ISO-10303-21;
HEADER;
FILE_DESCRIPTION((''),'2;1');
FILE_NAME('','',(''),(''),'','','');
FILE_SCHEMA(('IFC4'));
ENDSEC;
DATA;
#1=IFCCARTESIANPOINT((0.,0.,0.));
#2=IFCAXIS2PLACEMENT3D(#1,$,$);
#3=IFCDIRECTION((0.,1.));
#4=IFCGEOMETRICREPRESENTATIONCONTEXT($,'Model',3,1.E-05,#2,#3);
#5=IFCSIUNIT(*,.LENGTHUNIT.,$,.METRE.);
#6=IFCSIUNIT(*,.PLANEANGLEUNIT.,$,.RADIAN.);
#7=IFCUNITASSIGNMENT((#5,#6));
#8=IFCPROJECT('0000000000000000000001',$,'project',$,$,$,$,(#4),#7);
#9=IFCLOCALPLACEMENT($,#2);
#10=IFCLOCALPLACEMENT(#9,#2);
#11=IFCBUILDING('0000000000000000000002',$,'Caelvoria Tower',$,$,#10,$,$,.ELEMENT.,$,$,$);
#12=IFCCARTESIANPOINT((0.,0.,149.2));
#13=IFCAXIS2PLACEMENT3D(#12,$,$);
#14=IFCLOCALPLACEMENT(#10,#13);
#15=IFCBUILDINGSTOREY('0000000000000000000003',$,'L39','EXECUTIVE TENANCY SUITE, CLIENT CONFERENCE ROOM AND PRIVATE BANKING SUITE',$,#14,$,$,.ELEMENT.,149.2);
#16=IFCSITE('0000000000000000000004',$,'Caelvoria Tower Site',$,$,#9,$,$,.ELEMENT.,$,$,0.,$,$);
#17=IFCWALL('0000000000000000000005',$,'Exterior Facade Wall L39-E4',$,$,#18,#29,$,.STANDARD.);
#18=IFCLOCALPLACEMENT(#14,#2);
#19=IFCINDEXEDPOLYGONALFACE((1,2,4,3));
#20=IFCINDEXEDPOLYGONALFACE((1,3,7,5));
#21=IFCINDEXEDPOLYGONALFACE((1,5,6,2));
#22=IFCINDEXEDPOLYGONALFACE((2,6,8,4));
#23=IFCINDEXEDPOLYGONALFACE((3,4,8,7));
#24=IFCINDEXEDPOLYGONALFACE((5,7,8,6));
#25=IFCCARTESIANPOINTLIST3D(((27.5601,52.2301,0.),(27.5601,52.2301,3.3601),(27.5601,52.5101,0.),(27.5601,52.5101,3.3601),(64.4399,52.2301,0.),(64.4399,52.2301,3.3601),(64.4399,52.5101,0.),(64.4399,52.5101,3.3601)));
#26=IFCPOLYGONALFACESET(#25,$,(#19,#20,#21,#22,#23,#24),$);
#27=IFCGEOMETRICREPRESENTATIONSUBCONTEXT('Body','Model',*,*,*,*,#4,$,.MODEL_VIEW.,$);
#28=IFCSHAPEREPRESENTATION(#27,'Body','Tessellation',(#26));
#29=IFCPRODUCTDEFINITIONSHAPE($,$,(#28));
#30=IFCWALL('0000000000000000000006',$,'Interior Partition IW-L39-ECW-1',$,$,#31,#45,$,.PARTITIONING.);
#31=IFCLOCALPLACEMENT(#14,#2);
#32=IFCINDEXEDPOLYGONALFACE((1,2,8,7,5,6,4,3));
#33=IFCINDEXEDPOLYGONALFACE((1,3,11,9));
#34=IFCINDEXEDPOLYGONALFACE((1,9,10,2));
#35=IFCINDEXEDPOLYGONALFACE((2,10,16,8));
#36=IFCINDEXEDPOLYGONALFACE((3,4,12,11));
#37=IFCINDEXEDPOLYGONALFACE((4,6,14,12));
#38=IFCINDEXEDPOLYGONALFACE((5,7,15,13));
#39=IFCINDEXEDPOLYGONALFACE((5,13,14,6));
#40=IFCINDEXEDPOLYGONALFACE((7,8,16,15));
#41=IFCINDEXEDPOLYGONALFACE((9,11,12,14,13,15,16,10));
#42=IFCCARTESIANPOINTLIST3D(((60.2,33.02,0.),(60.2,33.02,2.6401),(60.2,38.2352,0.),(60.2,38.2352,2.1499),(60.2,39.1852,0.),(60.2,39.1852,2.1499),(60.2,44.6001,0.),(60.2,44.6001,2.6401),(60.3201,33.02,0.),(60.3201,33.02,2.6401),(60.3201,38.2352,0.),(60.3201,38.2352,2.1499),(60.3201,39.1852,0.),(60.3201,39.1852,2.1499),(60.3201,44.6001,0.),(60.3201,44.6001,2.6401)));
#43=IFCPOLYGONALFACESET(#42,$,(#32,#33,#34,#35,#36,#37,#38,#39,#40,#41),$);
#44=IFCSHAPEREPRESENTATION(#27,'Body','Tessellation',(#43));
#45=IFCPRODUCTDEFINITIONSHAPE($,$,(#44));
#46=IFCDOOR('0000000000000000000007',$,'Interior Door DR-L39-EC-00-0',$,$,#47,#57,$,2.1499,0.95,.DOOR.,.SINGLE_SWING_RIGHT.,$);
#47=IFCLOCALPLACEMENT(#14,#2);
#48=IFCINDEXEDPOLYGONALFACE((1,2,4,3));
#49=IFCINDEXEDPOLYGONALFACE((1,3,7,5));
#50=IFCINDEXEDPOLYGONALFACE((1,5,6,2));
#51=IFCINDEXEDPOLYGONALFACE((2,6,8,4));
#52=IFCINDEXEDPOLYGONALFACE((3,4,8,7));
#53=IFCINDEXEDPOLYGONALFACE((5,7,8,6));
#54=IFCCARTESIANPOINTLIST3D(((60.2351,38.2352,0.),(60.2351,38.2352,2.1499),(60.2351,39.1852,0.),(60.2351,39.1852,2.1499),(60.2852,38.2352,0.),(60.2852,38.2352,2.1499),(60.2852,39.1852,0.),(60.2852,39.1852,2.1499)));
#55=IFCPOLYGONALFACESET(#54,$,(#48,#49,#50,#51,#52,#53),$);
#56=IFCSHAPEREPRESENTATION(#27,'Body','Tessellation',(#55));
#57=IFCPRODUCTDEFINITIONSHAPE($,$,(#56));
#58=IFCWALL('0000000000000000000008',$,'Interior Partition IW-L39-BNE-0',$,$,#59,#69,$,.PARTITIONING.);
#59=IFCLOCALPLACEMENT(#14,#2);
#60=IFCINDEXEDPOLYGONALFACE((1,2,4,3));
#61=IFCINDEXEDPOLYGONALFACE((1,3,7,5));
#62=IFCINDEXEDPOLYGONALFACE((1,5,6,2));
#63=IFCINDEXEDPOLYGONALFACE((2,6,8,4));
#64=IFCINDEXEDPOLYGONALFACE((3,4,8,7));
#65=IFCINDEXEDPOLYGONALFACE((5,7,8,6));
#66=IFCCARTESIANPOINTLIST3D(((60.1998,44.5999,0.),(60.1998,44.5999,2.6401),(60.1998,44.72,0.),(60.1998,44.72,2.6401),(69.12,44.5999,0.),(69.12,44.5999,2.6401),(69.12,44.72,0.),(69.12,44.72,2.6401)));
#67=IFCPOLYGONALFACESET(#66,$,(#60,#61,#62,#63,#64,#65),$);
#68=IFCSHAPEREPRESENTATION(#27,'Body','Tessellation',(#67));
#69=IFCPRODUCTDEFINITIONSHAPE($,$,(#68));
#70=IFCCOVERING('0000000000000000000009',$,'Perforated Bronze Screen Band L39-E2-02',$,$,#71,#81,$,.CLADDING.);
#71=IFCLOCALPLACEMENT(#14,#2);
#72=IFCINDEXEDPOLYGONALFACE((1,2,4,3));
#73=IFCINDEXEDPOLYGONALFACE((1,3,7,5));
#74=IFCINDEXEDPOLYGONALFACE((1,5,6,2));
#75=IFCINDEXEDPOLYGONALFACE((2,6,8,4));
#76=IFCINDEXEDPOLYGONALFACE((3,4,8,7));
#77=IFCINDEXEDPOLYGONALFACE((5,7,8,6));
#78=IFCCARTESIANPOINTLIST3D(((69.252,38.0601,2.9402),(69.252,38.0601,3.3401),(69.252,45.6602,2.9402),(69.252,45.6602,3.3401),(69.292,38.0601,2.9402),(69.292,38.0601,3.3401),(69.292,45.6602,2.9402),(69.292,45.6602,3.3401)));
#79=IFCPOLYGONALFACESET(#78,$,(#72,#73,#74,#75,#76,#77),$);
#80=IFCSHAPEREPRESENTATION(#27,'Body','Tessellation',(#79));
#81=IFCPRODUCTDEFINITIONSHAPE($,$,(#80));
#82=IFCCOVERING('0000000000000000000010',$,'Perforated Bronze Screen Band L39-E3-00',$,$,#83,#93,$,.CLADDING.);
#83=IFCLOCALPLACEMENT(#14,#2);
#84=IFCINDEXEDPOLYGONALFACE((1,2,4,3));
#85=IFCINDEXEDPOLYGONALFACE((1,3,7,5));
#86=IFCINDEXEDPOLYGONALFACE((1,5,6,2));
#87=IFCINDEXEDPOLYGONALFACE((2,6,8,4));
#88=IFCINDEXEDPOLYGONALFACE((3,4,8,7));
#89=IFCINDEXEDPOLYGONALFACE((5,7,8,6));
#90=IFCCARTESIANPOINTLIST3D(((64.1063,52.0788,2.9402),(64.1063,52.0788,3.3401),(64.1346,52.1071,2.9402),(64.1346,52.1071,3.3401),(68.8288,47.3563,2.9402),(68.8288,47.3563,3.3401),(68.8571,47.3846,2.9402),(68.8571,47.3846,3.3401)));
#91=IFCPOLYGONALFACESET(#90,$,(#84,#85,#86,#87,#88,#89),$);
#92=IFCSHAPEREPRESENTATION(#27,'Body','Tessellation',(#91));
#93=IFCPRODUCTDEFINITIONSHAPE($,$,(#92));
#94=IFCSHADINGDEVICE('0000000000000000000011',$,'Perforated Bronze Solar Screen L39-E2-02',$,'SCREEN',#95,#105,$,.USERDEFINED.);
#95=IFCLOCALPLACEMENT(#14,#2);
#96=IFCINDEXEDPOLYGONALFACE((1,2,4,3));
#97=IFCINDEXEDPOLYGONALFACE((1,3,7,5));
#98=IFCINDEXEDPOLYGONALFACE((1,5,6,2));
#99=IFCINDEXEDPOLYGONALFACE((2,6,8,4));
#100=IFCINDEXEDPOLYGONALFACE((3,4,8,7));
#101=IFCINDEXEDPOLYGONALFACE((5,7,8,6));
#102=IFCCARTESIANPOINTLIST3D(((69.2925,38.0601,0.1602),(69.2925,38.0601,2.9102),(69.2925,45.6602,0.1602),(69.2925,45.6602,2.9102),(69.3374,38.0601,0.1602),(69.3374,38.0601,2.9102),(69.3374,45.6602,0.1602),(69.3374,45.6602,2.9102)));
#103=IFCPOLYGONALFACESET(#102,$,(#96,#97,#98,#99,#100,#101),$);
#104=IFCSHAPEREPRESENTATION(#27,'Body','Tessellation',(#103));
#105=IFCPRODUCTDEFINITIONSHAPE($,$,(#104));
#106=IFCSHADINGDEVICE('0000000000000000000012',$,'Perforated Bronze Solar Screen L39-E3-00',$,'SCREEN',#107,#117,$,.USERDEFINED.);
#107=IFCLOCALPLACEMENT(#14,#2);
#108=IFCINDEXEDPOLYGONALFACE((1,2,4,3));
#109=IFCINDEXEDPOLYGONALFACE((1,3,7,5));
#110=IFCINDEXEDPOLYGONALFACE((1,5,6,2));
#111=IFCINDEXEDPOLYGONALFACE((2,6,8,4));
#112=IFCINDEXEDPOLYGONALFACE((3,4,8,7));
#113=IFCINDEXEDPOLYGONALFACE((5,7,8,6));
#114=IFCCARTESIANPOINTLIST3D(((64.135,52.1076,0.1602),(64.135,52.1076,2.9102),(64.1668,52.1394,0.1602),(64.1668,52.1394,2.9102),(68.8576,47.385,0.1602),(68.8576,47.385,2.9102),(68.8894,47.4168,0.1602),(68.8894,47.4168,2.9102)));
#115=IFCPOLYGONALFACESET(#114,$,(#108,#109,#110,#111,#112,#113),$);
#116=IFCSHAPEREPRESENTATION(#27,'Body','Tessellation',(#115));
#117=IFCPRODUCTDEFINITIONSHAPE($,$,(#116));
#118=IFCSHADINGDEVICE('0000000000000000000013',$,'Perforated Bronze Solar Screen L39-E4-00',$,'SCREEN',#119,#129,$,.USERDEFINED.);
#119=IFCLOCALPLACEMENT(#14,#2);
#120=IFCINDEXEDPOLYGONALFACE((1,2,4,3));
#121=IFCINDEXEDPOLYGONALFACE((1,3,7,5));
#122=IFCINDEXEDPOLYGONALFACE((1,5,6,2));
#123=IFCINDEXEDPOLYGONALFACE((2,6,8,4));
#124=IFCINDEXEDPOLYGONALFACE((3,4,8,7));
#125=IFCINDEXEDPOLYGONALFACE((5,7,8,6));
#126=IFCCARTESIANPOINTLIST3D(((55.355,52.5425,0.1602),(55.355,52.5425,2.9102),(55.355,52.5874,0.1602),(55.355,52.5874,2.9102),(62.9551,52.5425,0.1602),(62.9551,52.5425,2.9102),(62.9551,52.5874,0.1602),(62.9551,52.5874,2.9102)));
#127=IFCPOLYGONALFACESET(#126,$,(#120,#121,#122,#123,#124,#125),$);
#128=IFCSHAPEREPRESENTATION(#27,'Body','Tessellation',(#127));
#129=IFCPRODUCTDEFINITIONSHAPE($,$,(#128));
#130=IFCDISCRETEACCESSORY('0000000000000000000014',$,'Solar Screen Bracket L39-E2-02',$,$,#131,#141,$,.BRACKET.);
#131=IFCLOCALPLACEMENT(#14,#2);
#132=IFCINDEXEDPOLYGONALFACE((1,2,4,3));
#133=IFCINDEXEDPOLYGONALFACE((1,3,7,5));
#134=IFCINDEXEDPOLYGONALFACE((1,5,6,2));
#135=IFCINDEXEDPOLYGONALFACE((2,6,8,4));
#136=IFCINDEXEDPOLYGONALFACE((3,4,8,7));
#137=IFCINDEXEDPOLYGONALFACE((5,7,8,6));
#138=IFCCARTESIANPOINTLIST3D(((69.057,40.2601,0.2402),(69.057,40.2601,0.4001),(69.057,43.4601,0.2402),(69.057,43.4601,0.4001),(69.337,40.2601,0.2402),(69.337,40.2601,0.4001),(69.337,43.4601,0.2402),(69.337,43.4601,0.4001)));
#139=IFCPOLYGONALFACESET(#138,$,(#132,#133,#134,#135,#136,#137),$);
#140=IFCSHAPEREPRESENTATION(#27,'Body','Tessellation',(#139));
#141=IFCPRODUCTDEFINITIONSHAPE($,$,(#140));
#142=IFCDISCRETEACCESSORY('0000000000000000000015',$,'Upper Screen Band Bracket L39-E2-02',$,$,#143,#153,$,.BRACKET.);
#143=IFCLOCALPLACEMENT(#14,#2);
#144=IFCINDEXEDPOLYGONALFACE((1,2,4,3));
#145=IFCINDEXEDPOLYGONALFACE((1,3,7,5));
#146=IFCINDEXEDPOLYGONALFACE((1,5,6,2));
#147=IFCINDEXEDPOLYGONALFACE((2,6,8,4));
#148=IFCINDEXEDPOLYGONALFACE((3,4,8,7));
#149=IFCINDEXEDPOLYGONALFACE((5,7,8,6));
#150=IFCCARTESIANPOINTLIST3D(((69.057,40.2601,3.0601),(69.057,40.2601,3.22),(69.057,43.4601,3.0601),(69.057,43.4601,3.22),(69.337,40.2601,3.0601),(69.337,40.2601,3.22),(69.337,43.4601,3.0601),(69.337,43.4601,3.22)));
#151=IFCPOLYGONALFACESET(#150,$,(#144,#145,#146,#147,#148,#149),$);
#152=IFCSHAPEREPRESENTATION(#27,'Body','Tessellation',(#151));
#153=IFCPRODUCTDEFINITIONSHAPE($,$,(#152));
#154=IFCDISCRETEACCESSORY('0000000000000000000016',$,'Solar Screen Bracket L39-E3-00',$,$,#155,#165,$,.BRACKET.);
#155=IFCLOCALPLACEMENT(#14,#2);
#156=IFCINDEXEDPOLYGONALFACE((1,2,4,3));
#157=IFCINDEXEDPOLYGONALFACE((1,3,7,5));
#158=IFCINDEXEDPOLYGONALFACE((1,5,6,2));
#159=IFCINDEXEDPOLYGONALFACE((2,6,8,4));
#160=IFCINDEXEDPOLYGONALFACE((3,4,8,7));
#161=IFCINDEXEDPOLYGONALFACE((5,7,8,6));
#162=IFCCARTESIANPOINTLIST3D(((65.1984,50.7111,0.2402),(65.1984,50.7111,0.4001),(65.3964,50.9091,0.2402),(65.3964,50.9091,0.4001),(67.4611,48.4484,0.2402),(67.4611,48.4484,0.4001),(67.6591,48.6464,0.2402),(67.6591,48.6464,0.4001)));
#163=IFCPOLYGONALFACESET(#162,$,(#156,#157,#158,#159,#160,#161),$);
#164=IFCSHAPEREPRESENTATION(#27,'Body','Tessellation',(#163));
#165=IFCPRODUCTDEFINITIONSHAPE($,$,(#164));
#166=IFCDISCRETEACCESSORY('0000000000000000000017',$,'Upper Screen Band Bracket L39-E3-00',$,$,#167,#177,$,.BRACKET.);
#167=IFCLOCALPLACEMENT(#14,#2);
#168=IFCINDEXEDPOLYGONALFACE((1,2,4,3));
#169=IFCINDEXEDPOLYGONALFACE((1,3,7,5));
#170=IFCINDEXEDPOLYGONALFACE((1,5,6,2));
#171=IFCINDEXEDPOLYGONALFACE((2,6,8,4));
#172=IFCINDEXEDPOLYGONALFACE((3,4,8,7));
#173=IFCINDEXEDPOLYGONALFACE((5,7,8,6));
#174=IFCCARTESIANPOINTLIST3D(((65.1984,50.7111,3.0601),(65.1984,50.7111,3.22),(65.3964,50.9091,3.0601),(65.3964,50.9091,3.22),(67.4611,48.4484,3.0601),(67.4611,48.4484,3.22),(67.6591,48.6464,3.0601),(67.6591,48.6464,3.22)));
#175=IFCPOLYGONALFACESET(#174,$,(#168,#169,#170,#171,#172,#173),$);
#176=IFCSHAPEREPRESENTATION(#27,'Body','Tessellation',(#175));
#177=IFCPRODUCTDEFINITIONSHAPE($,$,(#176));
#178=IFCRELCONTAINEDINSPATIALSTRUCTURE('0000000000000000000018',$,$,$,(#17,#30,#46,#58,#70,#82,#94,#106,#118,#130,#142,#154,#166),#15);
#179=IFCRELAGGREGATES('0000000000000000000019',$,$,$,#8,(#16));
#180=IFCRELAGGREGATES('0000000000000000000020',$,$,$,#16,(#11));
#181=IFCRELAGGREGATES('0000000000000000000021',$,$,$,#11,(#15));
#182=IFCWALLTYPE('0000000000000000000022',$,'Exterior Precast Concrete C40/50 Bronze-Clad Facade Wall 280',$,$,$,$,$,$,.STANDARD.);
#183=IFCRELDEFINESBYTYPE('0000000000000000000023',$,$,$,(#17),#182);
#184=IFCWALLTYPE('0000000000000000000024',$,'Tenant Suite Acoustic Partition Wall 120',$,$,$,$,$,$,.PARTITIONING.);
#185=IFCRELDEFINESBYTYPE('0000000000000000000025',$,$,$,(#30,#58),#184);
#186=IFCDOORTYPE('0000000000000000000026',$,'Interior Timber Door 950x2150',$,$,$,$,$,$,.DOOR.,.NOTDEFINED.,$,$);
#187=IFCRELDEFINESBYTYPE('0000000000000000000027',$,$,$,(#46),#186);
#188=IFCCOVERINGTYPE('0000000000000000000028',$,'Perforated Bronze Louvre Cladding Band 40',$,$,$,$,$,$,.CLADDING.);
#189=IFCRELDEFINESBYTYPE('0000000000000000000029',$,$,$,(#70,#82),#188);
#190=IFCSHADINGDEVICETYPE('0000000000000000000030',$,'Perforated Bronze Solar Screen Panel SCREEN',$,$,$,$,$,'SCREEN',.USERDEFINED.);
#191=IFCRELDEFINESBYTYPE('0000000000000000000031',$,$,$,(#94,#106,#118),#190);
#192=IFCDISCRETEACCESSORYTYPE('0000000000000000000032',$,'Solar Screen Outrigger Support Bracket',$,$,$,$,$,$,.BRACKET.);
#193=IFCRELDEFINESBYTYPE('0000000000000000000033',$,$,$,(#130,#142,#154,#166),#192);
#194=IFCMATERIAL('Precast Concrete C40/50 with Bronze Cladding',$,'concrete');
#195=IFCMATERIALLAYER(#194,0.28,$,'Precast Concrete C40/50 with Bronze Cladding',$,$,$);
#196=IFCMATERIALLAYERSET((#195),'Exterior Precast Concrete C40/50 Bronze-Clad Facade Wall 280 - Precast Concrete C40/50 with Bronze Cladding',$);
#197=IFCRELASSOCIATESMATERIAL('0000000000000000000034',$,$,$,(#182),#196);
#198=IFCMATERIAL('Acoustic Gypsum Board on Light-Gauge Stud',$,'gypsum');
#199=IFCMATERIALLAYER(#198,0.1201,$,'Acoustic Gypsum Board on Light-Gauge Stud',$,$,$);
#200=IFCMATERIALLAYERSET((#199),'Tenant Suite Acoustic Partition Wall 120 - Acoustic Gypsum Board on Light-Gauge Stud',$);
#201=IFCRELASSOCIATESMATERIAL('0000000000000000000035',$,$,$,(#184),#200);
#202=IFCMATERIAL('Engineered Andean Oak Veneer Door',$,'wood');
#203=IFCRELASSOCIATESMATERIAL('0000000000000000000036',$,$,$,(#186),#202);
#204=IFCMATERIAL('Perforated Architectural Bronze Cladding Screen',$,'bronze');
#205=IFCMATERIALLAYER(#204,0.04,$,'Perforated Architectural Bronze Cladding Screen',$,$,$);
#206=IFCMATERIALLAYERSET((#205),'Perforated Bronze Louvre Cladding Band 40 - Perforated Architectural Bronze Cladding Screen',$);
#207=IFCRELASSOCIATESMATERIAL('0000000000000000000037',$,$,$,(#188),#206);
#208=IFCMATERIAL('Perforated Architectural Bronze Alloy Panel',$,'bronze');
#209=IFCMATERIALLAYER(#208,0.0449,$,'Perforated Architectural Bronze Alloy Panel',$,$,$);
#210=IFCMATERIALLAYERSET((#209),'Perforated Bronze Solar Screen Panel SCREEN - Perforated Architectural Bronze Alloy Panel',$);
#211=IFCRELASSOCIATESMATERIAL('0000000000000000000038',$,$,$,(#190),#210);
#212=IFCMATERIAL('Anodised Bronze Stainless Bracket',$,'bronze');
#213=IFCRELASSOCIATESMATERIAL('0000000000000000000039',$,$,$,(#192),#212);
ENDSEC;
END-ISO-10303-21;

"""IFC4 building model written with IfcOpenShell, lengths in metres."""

from ifc_helpers import new_model, si_unit, direction, frame, frame_2d, origin, origin_2d, place, context, subcontext, project, spatial, rectangle, extrude, material, layer, layer_set, type_object, element, fill, save


model = new_model("IFC4")

# Units and contexts
model_context = context("Model", 3, precision=1e-05, world=origin(), true_north=direction((0.0, 1.0)))
body_context = subcontext(model_context, "Body", "Model", "MODEL_VIEW")
ifc_project = project(units=[si_unit("LENGTHUNIT", "METRE"), si_unit("PLANEANGLEUNIT", "RADIAN")], contexts=[model_context])

# Site, building, storey
site_placement = place(None, origin())
site = spatial("IfcSite", under=ifc_project, at=site_placement, Name="Caelvoria Tower Site", CompositionType="ELEMENT", RefElevation=0.0)
building_placement = place(site_placement, origin())
building = spatial("IfcBuilding", under=site, at=building_placement, Name="Caelvoria Tower", CompositionType="ELEMENT")
storey_placement = place(building_placement, frame((0.0, 0.0, 149.2)))
storey = spatial("IfcBuildingStorey", under=building, at=storey_placement, Name="L39", Description="EXECUTIVE TENANCY SUITE, CLIENT CONFERENCE ROOM AND PRIVATE BANKING SUITE", CompositionType="ELEMENT", Elevation=149.2)

# Wall
ifc_material_1 = material(Name="Precast Concrete C40/50 with Bronze Cladding", Category="concrete")
ifc_layer_1 = layer(ifc_material_1, 0.28, Name="Precast Concrete C40/50 with Bronze Cladding")
ifc_layer_set_1 = layer_set([ifc_layer_1], Name="Exterior Precast Concrete C40/50 Bronze-Clad Facade Wall 280 - Precast Concrete C40/50 with Bronze Cladding")
wall_type_1 = type_object("IfcWallType", Name="Exterior Precast Concrete C40/50 Bronze-Clad Facade Wall 280", PredefinedType="STANDARD", material=ifc_layer_set_1)
wall_1_placement = place(storey_placement, frame((64.4399, 52.3701, 0.0), z_axis=(0.0, 0.0, 1.0), x_axis=(-1.0, 0.0, 0.0)))
element("IfcWall", 1, at=wall_1_placement, inside=storey, type_object=wall_type_1, Name="Exterior Facade Wall L39-E4", PredefinedType="STANDARD", context=body_context, shape_type="SweptSolid", body=[
    extrude(rectangle(XDim=36.8799, YDim=0.28, at=frame_2d((18.4399, 0.0))), origin(), (0.0, 0.0, 1.0), 3.3601),
])

# Wall, opening, door
ifc_material_2 = material(Name="Acoustic Gypsum Board on Light-Gauge Stud", Category="gypsum")
ifc_layer_2 = layer(ifc_material_2, 0.1201, Name="Acoustic Gypsum Board on Light-Gauge Stud")
ifc_layer_set_2 = layer_set([ifc_layer_2], Name="Tenant Suite Acoustic Partition Wall 120 - Acoustic Gypsum Board on Light-Gauge Stud")
wall_type_2 = type_object("IfcWallType", Name="Tenant Suite Acoustic Partition Wall 120", PredefinedType="PARTITIONING", material=ifc_layer_set_2)
wall_2_placement = place(storey_placement, frame((60.26, 33.02, 0.0), z_axis=(0.0, 0.0, 1.0), x_axis=(0.0, 1.0, 0.0)))
wall_2 = element("IfcWall", 2, at=wall_2_placement, inside=storey, type_object=wall_type_2, Name="Interior Partition IW-L39-ECW-1", PredefinedType="PARTITIONING", context=body_context, shape_type="SweptSolid", body=[
    extrude(rectangle(XDim=11.5801, YDim=0.1201, at=frame_2d((5.79, 0.0))), origin(), (0.0, 0.0, 1.0), 2.6401),
])
opening_placement = place(wall_2_placement, frame((5.2151, 0.0, 0.0)))
opening = element("IfcOpeningElement", 3, at=opening_placement, cuts=wall_2, PredefinedType="OPENING", context=body_context, shape_type="SweptSolid", body=[
    extrude(rectangle(XDim=0.95, YDim=2.1499, at=frame_2d((0.4751, 1.075))), frame((0.0, 0.0701, 0.0), z_axis=(0.0, -1.0, 0.0), x_axis=(1.0, 0.0, 0.0)), (0.0, 0.0, 1.0), 0.1401),
])
ifc_material_3 = material(Name="Engineered Andean Oak Veneer Door", Category="wood")
door_type = type_object("IfcDoorType", Name="Interior Timber Door 950x2150", OperationType="NOTDEFINED", PredefinedType="DOOR", material=ifc_material_3)
door_placement = place(opening_placement, origin())
door = element("IfcDoor", 4, at=door_placement, inside=storey, type_object=door_type, Name="Interior Door DR-L39-EC-00-0", OperationType="SINGLE_SWING_RIGHT", OverallHeight=2.1499, OverallWidth=0.95, PredefinedType="DOOR", context=body_context, shape_type="SweptSolid", body=[
    extrude(rectangle(XDim=0.95, YDim=2.1499, at=frame_2d((0.4751, 1.075))), frame((0.0, 0.0249, 0.0), z_axis=(0.0, -1.0, 0.0), x_axis=(1.0, 0.0, 0.0)), (0.0, 0.0, 1.0), 0.05),
])
fill(opening, door)

# Wall
wall_3_placement = place(storey_placement, frame((60.2, 44.6599, 0.0), z_axis=(0.0, 0.0, 1.0), x_axis=(1.0, 0.0, 0.0)))
element("IfcWall", 5, at=wall_3_placement, inside=storey, type_object=wall_type_2, Name="Interior Partition IW-L39-BNE-0", PredefinedType="PARTITIONING", context=body_context, shape_type="SweptSolid", body=[
    extrude(rectangle(XDim=8.9202, YDim=0.1201, at=frame_2d((4.46, 0.0))), origin(), (0.0, 0.0, 1.0), 2.6401),
])

# Coverings
ifc_material_4 = material(Name="Perforated Architectural Bronze Cladding Screen", Category="bronze")
ifc_layer_3 = layer(ifc_material_4, 0.04, Name="Perforated Architectural Bronze Cladding Screen")
ifc_layer_set_3 = layer_set([ifc_layer_3], Name="Perforated Bronze Louvre Cladding Band 40 - Perforated Architectural Bronze Cladding Screen")
covering_type = type_object("IfcCoveringType", Name="Perforated Bronze Louvre Cladding Band 40", PredefinedType="CLADDING", material=ifc_layer_set_3)
covering_1_placement = place(storey_placement, frame((69.272, 41.8601, 2.9402), z_axis=(0.0, 0.0, 1.0), x_axis=(0.0, 1.0, 0.0)))
element("IfcCovering", 6, at=covering_1_placement, inside=storey, type_object=covering_type, Name="Perforated Bronze Screen Band L39-E2-02", PredefinedType="CLADDING", context=body_context, shape_type="SweptSolid", body=[
    extrude(rectangle(XDim=7.6001, YDim=0.04, at=origin_2d()), origin(), (0.0, 0.0, 1.0), 0.3999),
])
covering_2_placement = place(storey_placement, frame((66.4817, 49.7317, 2.9402), z_axis=(0.0, 0.0, 1.0), x_axis=(-0.707107, 0.707107, 0.0)))
element("IfcCovering", 7, at=covering_2_placement, inside=storey, type_object=covering_type, Name="Perforated Bronze Screen Band L39-E3-00", PredefinedType="CLADDING", context=body_context, shape_type="SweptSolid", body=[
    extrude(rectangle(XDim=6.6787, YDim=0.04, at=origin_2d()), origin(), (0.0, 0.0, 1.0), 0.3999),
])

# Shading devices
ifc_material_5 = material(Name="Perforated Architectural Bronze Alloy Panel", Category="bronze")
ifc_layer_4 = layer(ifc_material_5, 0.0449, Name="Perforated Architectural Bronze Alloy Panel")
ifc_layer_set_4 = layer_set([ifc_layer_4], Name="Perforated Bronze Solar Screen Panel SCREEN - Perforated Architectural Bronze Alloy Panel")
shading_device_type = type_object("IfcShadingDeviceType", Name="Perforated Bronze Solar Screen Panel SCREEN", ElementType="SCREEN", PredefinedType="USERDEFINED", material=ifc_layer_set_4)
shading_device_1_placement = place(storey_placement, frame((69.3149, 41.8601, 0.1602), z_axis=(0.0, 0.0, 1.0), x_axis=(0.0, 1.0, 0.0)))
element("IfcShadingDevice", 8, at=shading_device_1_placement, inside=storey, type_object=shading_device_type, Name="Perforated Bronze Solar Screen L39-E2-02", ObjectType="SCREEN", PredefinedType="USERDEFINED", context=body_context, shape_type="SweptSolid", body=[
    extrude(rectangle(XDim=7.6001, YDim=0.0449, at=origin_2d()), origin(), (0.0, 0.0, 1.0), 2.75),
])
shading_device_2_placement = place(storey_placement, frame((66.5122, 49.7622, 0.1602), z_axis=(0.0, 0.0, 1.0), x_axis=(-0.707107, 0.707107, 0.0)))
element("IfcShadingDevice", 9, at=shading_device_2_placement, inside=storey, type_object=shading_device_type, Name="Perforated Bronze Solar Screen L39-E3-00", ObjectType="SCREEN", PredefinedType="USERDEFINED", context=body_context, shape_type="SweptSolid", body=[
    extrude(rectangle(XDim=6.6787, YDim=0.0449, at=origin_2d()), origin(), (0.0, 0.0, 1.0), 2.75),
])
shading_device_3_placement = place(storey_placement, frame((59.155, 52.5649, 0.1602), z_axis=(0.0, 0.0, 1.0), x_axis=(-1.0, 0.0, 0.0)))
element("IfcShadingDevice", 10, at=shading_device_3_placement, inside=storey, type_object=shading_device_type, Name="Perforated Bronze Solar Screen L39-E4-00", ObjectType="SCREEN", PredefinedType="USERDEFINED", context=body_context, shape_type="SweptSolid", body=[
    extrude(rectangle(XDim=7.6001, YDim=0.0449, at=origin_2d()), origin(), (0.0, 0.0, 1.0), 2.75),
])

# Discrete accessories
ifc_material_6 = material(Name="Anodised Bronze Stainless Bracket", Category="bronze")
discrete_accessory_type = type_object("IfcDiscreteAccessoryType", Name="Solar Screen Outrigger Support Bracket", PredefinedType="BRACKET", material=ifc_material_6)
for number, where, z_axis, x_axis, name in (
    (11, (69.197, 41.8601, 0.2402), (0.0, 0.0, 1.0), (0.0, 1.0, 0.0), "Solar Screen Bracket L39-E2-02"),
    (12, (69.197, 41.8601, 3.0601), (0.0, 0.0, 1.0), (0.0, 1.0, 0.0), "Upper Screen Band Bracket L39-E2-02"),
    (13, (66.4287, 49.6787, 0.2402), (0.0, 0.0, 1.0), (-0.707107, 0.707107, 0.0), "Solar Screen Bracket L39-E3-00"),
    (14, (66.4287, 49.6787, 3.0601), (0.0, 0.0, 1.0), (-0.707107, 0.707107, 0.0), "Upper Screen Band Bracket L39-E3-00"),
):
    element("IfcDiscreteAccessory", number, at=place(storey_placement, frame(where, z_axis=z_axis, x_axis=x_axis)), inside=storey, type_object=discrete_accessory_type, Name=name, PredefinedType="BRACKET", context=body_context, shape_type="SweptSolid", body=[
        extrude(rectangle(XDim=3.2, YDim=0.28, at=origin_2d()), origin(), (0.0, 0.0, 1.0), 0.1599),
    ])

save(model, "model.ifc")
